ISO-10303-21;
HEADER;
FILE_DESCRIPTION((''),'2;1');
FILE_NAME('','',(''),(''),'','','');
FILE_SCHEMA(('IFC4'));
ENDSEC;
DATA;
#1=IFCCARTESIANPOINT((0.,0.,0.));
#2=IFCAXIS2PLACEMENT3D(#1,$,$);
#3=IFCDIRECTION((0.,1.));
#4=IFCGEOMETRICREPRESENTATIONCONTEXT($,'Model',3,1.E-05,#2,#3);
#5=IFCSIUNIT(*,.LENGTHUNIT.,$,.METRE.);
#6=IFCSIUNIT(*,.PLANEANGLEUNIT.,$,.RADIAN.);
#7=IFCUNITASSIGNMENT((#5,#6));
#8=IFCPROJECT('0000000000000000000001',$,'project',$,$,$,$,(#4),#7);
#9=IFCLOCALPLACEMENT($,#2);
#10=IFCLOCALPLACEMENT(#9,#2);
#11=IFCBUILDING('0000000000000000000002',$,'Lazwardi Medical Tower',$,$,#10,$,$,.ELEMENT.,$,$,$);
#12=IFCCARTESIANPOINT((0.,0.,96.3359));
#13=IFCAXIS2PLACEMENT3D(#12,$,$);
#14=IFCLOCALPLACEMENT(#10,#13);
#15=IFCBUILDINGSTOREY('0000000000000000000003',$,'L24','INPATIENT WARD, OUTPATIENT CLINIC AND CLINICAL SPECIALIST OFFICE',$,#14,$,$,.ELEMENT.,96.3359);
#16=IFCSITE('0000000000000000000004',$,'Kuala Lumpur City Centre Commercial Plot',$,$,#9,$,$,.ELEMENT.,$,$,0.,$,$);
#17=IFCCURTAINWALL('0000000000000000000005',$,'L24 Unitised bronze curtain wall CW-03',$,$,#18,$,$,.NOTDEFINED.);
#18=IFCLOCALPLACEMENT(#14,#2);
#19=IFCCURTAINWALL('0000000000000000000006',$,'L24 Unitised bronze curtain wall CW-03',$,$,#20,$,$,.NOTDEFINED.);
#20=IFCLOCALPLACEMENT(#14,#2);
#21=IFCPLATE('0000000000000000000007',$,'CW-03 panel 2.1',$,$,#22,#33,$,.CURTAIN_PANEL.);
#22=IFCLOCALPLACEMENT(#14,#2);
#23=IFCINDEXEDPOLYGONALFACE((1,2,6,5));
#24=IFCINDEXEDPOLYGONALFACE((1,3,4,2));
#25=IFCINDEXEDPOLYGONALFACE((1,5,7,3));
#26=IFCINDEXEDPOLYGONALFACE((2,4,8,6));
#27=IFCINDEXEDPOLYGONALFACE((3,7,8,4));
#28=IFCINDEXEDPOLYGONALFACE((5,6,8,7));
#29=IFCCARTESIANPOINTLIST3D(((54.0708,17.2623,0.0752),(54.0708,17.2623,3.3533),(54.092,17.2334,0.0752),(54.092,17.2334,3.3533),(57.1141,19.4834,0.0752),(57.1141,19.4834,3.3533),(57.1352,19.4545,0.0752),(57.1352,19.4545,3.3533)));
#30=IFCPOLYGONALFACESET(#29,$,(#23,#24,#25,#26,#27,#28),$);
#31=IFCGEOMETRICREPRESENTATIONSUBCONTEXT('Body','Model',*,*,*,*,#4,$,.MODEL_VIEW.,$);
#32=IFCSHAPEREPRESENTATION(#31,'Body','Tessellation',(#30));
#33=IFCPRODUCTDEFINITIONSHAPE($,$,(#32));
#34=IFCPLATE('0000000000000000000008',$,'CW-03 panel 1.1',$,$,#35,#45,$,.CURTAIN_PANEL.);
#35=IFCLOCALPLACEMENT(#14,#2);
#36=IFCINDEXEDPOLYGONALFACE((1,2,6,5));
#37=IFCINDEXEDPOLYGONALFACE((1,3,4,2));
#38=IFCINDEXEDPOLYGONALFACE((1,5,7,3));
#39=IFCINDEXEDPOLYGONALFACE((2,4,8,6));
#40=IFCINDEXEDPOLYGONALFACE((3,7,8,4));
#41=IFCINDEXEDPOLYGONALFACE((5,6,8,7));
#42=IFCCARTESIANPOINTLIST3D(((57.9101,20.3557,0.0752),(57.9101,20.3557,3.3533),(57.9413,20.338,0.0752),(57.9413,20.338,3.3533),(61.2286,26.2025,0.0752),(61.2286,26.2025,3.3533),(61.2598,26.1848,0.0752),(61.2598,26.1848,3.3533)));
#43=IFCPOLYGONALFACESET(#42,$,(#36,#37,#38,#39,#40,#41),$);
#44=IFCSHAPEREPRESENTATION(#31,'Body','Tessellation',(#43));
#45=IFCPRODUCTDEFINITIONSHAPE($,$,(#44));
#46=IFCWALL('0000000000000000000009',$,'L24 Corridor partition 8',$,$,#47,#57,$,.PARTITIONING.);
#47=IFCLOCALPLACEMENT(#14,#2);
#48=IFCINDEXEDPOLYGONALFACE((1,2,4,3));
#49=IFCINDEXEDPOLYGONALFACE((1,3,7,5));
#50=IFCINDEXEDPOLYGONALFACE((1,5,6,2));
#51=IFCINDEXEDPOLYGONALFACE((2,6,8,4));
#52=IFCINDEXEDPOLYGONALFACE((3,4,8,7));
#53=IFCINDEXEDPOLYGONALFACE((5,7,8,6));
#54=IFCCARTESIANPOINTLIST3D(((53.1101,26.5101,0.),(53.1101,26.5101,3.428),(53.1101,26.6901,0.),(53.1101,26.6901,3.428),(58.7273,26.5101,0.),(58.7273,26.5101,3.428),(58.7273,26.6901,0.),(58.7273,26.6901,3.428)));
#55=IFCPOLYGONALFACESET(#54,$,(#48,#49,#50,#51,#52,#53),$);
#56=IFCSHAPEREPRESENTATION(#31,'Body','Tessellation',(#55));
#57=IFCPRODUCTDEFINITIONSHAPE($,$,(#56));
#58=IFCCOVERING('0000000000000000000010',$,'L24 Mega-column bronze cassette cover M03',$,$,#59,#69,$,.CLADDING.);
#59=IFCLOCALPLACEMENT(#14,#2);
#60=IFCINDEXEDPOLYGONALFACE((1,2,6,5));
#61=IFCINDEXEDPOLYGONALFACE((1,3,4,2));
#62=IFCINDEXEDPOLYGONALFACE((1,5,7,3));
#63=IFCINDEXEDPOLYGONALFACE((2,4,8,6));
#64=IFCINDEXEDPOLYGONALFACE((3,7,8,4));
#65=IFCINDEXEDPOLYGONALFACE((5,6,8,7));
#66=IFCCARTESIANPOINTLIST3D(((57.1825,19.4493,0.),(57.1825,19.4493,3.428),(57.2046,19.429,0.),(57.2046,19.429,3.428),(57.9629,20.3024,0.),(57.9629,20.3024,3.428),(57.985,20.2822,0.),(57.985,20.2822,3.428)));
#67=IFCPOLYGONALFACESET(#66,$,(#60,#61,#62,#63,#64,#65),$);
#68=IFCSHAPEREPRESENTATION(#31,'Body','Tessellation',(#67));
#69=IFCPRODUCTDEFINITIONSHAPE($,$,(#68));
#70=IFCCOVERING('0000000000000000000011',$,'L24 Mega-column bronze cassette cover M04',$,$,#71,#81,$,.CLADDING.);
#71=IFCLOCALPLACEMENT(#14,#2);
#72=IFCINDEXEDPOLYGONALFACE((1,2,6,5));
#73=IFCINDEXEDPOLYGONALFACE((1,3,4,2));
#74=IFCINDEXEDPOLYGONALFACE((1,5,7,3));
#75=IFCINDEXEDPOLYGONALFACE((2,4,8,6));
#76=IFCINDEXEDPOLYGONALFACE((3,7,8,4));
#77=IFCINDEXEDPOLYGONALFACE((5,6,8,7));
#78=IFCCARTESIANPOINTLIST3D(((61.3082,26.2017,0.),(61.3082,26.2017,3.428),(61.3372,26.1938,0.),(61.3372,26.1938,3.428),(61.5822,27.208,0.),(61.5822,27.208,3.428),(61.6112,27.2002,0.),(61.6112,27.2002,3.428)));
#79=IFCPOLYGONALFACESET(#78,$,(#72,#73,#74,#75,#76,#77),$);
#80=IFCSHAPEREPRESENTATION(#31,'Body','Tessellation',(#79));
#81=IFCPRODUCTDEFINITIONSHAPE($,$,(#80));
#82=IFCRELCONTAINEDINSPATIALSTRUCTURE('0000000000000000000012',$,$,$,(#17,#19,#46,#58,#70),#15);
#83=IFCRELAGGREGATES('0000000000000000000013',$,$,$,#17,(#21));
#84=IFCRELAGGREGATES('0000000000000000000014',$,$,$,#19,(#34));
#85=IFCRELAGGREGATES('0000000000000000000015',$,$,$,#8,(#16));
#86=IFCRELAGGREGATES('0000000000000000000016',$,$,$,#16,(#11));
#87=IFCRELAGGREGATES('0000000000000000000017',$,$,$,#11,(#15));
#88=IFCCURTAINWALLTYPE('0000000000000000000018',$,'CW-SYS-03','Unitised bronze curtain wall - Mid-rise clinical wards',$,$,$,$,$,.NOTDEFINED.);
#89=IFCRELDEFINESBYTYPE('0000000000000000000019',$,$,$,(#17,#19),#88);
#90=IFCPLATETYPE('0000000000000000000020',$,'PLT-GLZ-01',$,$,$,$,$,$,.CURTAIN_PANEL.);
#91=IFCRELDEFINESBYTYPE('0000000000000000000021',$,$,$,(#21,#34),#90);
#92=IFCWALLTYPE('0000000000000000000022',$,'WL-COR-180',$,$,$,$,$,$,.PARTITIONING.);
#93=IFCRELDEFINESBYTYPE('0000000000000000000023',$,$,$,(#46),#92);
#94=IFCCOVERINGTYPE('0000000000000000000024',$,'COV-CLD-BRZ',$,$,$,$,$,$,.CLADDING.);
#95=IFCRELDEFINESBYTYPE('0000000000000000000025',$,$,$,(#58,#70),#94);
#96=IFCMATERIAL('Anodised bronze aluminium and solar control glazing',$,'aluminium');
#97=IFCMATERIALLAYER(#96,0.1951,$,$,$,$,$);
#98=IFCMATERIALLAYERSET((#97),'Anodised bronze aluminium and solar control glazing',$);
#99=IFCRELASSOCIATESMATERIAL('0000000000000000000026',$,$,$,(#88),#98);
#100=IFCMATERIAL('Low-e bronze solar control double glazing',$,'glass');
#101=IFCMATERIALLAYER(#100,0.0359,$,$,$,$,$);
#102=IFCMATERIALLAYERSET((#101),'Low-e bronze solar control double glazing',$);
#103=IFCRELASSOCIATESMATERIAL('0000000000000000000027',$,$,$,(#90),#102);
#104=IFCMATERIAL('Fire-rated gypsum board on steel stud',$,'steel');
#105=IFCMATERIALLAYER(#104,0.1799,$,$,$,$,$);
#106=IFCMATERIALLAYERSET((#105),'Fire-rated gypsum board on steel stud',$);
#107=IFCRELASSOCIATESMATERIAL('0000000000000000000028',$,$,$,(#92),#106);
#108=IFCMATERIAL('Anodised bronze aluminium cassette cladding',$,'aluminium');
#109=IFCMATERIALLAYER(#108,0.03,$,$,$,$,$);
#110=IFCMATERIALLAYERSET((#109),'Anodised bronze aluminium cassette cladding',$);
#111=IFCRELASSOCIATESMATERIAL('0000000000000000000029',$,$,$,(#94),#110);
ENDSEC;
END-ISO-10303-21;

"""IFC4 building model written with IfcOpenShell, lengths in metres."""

from ifc_helpers import new_model, si_unit, direction, frame, frame_2d, origin, origin_2d, place, context, subcontext, project, spatial, rectangle, extrude, material, layer, layer_set, type_object, element, aggregate, save


model = new_model("IFC4")

# Units and contexts
model_context = context("Model", 3, precision=1e-05, world=origin(), true_north=direction((0.0, 1.0)))
body_context = subcontext(model_context, "Body", "Model", "MODEL_VIEW")
ifc_project = project(units=[si_unit("LENGTHUNIT", "METRE"), si_unit("PLANEANGLEUNIT", "RADIAN")], contexts=[model_context])

# Site, building, storey
site_placement = place(None, origin())
site = spatial("IfcSite", under=ifc_project, at=site_placement, Name="Kuala Lumpur City Centre Commercial Plot", CompositionType="ELEMENT", RefElevation=0.0)
building_placement = place(site_placement, origin())
building = spatial("IfcBuilding", under=site, at=building_placement, Name="Lazwardi Medical Tower", CompositionType="ELEMENT")
storey_placement = place(building_placement, frame((0.0, 0.0, 96.3359)))
storey = spatial("IfcBuildingStorey", under=building, at=storey_placement, Name="L24", Description="INPATIENT WARD, OUTPATIENT CLINIC AND CLINICAL SPECIALIST OFFICE", CompositionType="ELEMENT", Elevation=96.3359)

# Curtain walls
ifc_material_1 = material(Name="Anodised bronze aluminium and solar control glazing", Category="aluminium")
ifc_layer_1 = layer(ifc_material_1, 0.1951)
ifc_layer_set_1 = layer_set([ifc_layer_1], Name="Anodised bronze aluminium and solar control glazing")
curtain_wall_type = type_object("IfcCurtainWallType", Name="CW-SYS-03", Description="Unitised bronze curtain wall - Mid-rise clinical wards", PredefinedType="NOTDEFINED", material=ifc_layer_set_1)
curtain_wall_1_placement = place(storey_placement, origin())
curtain_wall_1 = element("IfcCurtainWall", 1, at=curtain_wall_1_placement, inside=storey, type_object=curtain_wall_type, Name="L24 Unitised bronze curtain wall CW-03", PredefinedType="NOTDEFINED")
curtain_wall_2_placement = place(storey_placement, origin())
curtain_wall_2 = element("IfcCurtainWall", 2, at=curtain_wall_2_placement, inside=storey, type_object=curtain_wall_type, Name="L24 Unitised bronze curtain wall CW-03", PredefinedType="NOTDEFINED")

# Plates
ifc_material_2 = material(Name="Low-e bronze solar control double glazing", Category="glass")
ifc_layer_2 = layer(ifc_material_2, 0.0359)
ifc_layer_set_2 = layer_set([ifc_layer_2], Name="Low-e bronze solar control double glazing")
plate_type = type_object("IfcPlateType", Name="PLT-GLZ-01", PredefinedType="CURTAIN_PANEL", material=ifc_layer_set_2)
plate_1_placement = place(storey_placement, frame((55.603, 18.3584, 0.0752), z_axis=(0.0, 0.0, 1.0), x_axis=(0.807746, 0.589531, 0.0)))
plate_1 = element("IfcPlate", 3, at=plate_1_placement, type_object=plate_type, Name="CW-03 panel 2.1", PredefinedType="CURTAIN_PANEL", context=body_context, shape_type="SweptSolid", body=[
    extrude(rectangle(XDim=3.7676, YDim=0.0359, at=origin_2d()), origin(), (0.0, 0.0, 1.0), 3.2781),
])
aggregate(curtain_wall_1, [plate_1])
plate_2_placement = place(storey_placement, frame((59.585, 23.2703, 0.0752), z_axis=(0.0, 0.0, 1.0), x_axis=(0.493603, 0.869687, 0.0)))
plate_2 = element("IfcPlate", 4, at=plate_2_placement, type_object=plate_type, Name="CW-03 panel 1.1", PredefinedType="CURTAIN_PANEL", context=body_context, shape_type="SweptSolid", body=[
    extrude(rectangle(XDim=6.7229, YDim=0.0359, at=origin_2d()), origin(), (0.0, 0.0, 1.0), 3.2781),
])
aggregate(curtain_wall_2, [plate_2])

# Wall
ifc_material_3 = material(Name="Fire-rated gypsum board on steel stud", Category="steel")
ifc_layer_3 = layer(ifc_material_3, 0.1799)
ifc_layer_set_3 = layer_set([ifc_layer_3], Name="Fire-rated gypsum board on steel stud")
wall_type = type_object("IfcWallType", Name="WL-COR-180", PredefinedType="PARTITIONING", material=ifc_layer_set_3)
wall_placement = place(storey_placement, frame((58.7273, 26.6001, 0.0), z_axis=(0.0, 0.0, 1.0), x_axis=(-1.0, 0.0, 0.0)))
element("IfcWall", 5, at=wall_placement, inside=storey, type_object=wall_type, Name="L24 Corridor partition 8", PredefinedType="PARTITIONING", context=body_context, shape_type="SweptSolid", body=[
    extrude(rectangle(XDim=5.6172, YDim=0.1799, at=frame_2d((2.8086, 0.0))), origin(), (0.0, 0.0, 1.0), 3.428),
])

# Coverings
ifc_material_4 = material(Name="Anodised bronze aluminium cassette cladding", Category="aluminium")
ifc_layer_4 = layer(ifc_material_4, 0.03)
ifc_layer_set_4 = layer_set([ifc_layer_4], Name="Anodised bronze aluminium cassette cladding")
covering_type = type_object("IfcCoveringType", Name="COV-CLD-BRZ", PredefinedType="CLADDING", material=ifc_layer_set_4)
covering_1_placement = place(storey_placement, frame((57.5837, 19.8657, 0.0), z_axis=(0.0, 0.0, 1.0), x_axis=(0.674926, 0.737885, 0.0)))
element("IfcCovering", 6, at=covering_1_placement, inside=storey, type_object=covering_type, Name="L24 Mega-column bronze cassette cover M03", PredefinedType="CLADDING", context=body_context, shape_type="SweptSolid", body=[
    extrude(rectangle(XDim=1.1562, YDim=0.03, at=origin_2d()), origin(), (0.0, 0.0, 1.0), 3.428),
])
covering_2_placement = place(storey_placement, frame((61.4597, 26.7009, 0.0), z_axis=(0.0, 0.0, 1.0), x_axis=(0.262696, 0.964879, 0.0)))
element("IfcCovering", 7, at=covering_2_placement, inside=storey, type_object=covering_type, Name="L24 Mega-column bronze cassette cover M04", PredefinedType="CLADDING", context=body_context, shape_type="SweptSolid", body=[
    extrude(rectangle(XDim=1.043, YDim=0.03, at=origin_2d()), origin(), (0.0, 0.0, 1.0), 3.428),
])

save(model, "model.ifc")
